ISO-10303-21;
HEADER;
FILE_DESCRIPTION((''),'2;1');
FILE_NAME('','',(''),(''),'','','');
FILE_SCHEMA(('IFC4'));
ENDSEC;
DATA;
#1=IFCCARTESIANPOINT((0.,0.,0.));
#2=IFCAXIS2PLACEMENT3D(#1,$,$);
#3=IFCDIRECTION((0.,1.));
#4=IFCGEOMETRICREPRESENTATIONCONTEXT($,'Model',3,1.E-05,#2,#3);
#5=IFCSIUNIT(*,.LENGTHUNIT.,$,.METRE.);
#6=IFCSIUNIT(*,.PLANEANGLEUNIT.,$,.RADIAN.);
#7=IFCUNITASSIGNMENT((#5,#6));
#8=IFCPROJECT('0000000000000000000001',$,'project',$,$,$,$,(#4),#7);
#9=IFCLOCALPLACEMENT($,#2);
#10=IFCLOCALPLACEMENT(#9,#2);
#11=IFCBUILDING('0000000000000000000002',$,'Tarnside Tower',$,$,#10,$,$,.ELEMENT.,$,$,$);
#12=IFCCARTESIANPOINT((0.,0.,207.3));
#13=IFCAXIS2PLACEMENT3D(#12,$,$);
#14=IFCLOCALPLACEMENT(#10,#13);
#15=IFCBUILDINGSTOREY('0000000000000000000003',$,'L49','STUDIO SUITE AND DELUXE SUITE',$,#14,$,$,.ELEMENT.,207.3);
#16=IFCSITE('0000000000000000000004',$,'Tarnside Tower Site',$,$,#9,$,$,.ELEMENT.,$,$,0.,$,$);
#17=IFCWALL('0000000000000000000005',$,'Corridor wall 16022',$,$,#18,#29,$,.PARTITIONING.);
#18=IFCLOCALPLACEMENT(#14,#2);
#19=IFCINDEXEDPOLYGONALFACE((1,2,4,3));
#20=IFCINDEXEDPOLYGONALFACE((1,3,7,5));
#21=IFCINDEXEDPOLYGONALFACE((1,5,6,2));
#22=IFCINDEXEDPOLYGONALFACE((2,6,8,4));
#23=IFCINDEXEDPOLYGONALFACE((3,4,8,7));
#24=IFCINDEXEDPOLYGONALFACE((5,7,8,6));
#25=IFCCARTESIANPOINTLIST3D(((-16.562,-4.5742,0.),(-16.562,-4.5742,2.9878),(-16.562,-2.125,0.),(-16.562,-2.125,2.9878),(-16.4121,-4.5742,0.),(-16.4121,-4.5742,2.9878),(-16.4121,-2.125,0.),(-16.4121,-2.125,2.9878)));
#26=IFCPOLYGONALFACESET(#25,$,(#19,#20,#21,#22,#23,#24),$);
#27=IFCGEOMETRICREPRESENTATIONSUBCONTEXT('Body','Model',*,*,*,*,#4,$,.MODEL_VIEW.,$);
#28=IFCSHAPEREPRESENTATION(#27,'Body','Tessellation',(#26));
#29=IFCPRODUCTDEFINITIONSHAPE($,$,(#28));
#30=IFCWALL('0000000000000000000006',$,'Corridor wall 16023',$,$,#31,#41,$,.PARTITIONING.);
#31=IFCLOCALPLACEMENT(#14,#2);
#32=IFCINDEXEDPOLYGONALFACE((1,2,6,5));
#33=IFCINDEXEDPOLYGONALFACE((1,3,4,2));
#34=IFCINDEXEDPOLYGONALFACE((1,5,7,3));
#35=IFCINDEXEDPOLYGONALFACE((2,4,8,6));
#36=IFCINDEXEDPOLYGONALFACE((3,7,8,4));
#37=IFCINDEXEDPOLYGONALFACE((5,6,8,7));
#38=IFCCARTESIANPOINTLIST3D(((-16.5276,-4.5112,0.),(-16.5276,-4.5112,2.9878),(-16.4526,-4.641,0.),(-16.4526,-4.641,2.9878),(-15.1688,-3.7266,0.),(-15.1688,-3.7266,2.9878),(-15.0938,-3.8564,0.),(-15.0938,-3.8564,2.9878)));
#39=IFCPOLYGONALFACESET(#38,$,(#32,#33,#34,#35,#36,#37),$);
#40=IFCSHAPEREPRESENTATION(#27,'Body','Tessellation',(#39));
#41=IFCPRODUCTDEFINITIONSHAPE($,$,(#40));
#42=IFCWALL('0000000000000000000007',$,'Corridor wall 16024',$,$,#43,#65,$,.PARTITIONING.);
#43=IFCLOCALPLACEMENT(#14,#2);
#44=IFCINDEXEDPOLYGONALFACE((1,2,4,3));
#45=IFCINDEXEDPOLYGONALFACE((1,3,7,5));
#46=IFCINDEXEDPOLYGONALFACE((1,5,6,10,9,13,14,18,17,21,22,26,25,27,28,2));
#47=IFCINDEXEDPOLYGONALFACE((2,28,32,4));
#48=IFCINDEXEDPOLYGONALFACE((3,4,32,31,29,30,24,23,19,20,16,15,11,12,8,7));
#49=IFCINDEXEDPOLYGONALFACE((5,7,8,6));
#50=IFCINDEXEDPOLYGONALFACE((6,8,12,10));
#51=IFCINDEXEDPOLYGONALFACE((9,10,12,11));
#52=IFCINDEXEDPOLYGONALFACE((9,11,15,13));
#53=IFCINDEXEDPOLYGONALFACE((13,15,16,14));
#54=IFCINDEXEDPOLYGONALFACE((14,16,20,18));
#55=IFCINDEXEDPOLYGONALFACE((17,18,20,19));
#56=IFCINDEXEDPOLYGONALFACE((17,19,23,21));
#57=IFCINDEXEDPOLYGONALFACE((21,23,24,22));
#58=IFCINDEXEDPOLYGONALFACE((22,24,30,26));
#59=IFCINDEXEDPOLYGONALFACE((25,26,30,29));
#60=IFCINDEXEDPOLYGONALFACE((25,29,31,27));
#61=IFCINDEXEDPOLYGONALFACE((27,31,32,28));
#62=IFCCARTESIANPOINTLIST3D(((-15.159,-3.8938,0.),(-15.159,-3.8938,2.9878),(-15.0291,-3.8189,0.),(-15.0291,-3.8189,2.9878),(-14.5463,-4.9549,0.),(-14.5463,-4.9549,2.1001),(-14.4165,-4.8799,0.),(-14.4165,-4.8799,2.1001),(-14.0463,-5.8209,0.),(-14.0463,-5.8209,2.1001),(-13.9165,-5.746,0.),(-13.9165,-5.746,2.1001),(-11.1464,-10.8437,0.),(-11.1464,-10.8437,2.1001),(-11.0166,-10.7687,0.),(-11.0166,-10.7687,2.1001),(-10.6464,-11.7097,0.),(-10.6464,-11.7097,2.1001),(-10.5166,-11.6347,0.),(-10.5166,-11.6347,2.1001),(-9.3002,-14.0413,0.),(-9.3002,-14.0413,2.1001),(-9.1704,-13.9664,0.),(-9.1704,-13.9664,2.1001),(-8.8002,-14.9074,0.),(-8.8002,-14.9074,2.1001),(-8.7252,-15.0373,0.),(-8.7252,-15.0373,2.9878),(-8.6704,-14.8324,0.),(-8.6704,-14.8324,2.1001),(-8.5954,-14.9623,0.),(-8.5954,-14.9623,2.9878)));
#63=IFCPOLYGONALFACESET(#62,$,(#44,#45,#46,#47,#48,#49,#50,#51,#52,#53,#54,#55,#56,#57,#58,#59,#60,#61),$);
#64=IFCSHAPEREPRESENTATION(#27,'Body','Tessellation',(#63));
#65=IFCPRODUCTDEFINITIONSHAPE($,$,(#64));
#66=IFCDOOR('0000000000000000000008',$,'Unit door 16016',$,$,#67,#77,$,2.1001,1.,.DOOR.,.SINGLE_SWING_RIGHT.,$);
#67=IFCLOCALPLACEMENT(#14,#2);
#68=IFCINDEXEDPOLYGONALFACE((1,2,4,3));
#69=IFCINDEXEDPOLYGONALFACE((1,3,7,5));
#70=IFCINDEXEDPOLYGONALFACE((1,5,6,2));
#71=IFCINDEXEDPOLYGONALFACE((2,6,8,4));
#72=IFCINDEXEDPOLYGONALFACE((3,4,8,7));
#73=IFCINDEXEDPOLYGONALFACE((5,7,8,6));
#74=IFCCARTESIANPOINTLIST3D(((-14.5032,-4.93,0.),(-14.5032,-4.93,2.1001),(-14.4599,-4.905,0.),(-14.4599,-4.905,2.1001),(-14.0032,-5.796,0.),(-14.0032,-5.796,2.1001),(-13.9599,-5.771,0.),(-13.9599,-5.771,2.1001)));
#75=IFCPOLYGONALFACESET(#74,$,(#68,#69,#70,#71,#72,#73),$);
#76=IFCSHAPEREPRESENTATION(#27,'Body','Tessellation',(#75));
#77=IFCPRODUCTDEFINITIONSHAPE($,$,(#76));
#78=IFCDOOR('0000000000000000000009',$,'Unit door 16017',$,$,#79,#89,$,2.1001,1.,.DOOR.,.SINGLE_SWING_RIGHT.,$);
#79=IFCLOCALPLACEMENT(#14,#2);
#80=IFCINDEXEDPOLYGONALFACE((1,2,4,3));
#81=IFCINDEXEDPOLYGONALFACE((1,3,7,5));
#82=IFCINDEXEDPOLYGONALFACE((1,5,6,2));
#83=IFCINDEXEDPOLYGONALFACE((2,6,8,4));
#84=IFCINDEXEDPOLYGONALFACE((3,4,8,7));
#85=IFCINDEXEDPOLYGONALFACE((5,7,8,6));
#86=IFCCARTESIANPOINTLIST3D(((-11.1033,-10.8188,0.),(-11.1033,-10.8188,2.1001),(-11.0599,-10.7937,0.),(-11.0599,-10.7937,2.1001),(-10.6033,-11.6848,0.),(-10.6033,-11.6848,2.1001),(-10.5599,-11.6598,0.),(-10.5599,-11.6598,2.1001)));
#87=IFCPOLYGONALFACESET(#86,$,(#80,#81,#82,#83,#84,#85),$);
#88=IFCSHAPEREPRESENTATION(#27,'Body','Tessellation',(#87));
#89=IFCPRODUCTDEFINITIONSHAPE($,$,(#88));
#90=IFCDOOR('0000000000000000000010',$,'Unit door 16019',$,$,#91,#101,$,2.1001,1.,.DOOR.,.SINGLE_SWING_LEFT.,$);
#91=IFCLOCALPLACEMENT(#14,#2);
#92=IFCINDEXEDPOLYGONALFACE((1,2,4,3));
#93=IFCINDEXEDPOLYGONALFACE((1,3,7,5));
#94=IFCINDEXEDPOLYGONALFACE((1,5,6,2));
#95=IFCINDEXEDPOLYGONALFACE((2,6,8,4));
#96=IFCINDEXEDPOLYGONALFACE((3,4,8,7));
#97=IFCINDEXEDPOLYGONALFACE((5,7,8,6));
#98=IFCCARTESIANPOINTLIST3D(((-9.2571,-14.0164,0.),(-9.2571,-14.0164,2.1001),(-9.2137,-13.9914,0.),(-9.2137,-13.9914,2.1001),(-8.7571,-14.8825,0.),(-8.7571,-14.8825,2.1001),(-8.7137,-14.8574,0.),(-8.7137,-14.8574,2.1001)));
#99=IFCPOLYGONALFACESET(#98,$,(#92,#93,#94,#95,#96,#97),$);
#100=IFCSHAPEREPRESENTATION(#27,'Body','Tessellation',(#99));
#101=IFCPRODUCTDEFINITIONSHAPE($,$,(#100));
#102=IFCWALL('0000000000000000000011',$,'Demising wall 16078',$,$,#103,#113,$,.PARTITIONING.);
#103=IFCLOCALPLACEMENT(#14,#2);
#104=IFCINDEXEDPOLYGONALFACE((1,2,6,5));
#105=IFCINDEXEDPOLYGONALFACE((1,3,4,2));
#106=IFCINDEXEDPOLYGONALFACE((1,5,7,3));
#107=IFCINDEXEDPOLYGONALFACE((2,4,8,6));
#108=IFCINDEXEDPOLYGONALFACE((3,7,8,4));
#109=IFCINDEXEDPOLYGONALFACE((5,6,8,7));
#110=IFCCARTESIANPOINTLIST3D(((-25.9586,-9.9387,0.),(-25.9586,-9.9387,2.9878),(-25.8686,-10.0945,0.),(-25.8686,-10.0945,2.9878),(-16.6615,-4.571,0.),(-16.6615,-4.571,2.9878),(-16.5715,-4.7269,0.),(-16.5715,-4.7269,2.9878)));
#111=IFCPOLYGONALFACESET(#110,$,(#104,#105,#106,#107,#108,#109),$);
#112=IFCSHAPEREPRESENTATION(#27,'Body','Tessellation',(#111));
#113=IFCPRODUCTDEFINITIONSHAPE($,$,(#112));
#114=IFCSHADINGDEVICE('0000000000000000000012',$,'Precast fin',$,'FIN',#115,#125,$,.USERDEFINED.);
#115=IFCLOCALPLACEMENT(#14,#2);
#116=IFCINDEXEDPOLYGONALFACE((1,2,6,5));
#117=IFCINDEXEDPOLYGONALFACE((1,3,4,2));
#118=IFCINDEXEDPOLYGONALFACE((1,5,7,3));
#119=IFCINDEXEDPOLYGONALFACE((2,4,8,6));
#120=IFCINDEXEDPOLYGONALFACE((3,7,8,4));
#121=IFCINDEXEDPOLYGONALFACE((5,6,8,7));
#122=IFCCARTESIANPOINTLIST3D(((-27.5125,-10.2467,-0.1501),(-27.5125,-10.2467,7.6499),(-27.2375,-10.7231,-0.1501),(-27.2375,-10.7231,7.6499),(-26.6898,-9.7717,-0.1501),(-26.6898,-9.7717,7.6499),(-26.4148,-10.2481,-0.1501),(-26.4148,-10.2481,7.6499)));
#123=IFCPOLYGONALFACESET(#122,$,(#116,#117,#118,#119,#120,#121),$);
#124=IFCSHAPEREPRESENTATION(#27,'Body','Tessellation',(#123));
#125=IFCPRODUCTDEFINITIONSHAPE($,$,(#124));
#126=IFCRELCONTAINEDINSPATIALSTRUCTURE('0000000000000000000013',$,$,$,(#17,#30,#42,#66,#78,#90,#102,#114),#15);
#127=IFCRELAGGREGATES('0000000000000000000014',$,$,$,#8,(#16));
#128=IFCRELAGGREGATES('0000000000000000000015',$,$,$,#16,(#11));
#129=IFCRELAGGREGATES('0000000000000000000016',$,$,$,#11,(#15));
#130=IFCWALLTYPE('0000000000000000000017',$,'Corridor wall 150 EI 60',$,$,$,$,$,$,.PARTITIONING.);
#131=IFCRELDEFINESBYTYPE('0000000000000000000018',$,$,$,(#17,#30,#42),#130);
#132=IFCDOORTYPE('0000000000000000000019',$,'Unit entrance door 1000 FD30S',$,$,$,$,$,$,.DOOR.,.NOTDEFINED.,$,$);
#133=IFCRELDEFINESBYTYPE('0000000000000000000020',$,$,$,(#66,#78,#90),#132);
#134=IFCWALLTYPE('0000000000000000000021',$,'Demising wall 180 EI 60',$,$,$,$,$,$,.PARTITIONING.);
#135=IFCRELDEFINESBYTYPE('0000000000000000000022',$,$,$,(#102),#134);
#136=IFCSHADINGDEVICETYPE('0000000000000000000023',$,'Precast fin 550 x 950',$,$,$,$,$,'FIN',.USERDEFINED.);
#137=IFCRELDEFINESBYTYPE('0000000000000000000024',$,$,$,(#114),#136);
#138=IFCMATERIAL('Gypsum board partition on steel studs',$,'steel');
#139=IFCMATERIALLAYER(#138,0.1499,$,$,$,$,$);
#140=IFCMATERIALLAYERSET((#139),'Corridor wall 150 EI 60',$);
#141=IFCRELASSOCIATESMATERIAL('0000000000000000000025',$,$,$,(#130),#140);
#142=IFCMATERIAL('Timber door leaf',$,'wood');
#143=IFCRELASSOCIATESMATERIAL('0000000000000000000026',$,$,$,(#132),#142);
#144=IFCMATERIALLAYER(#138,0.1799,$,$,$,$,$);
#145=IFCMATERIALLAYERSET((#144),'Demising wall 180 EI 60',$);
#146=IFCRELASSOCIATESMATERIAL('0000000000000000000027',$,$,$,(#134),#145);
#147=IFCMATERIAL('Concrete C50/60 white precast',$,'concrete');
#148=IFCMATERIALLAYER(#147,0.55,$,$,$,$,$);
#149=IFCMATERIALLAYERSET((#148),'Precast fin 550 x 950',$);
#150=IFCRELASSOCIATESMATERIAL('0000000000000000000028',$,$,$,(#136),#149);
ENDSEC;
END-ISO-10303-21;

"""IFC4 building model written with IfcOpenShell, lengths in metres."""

from ifc_helpers import new_model, si_unit, direction, frame, frame_2d, origin, place, context, subcontext, project, spatial, polyline, rectangle, outline, extrude, material, layer, layer_set, type_object, element, fill, save


model = new_model("IFC4")

# Units and contexts
model_context = context("Model", 3, precision=1e-05, world=origin(), true_north=direction((0.0, 1.0)))
body_context = subcontext(model_context, "Body", "Model", "MODEL_VIEW")
ifc_project = project(units=[si_unit("LENGTHUNIT", "METRE"), si_unit("PLANEANGLEUNIT", "RADIAN")], contexts=[model_context])

# Site, building, storey
site_placement = place(None, origin())
site = spatial("IfcSite", under=ifc_project, at=site_placement, Name="Tarnside Tower Site", CompositionType="ELEMENT", RefElevation=0.0)
building_placement = place(site_placement, origin())
building = spatial("IfcBuilding", under=site, at=building_placement, Name="Tarnside Tower", CompositionType="ELEMENT")
storey_placement = place(building_placement, frame((0.0, 0.0, 207.3)))
storey = spatial("IfcBuildingStorey", under=building, at=storey_placement, Name="L49", Description="STUDIO SUITE AND DELUXE SUITE", CompositionType="ELEMENT", Elevation=207.3)

# Shared definitions
ifc_material_1 = material(Name="Gypsum board partition on steel studs", Category="steel")

# Shared definitions
ifc_material_2 = material(Name="Timber door leaf", Category="wood")

# Shared definitions
ifc_layer_1 = layer(ifc_material_1, 0.1499)
ifc_layer_set_1 = layer_set([ifc_layer_1], Name="Corridor wall 150 EI 60")
wall_type_1 = type_object("IfcWallType", Name="Corridor wall 150 EI 60", PredefinedType="PARTITIONING", material=ifc_layer_set_1)

# Shared definitions
door_type_1 = type_object("IfcDoorType", Name="Unit entrance door 1000 FD30S", OperationType="NOTDEFINED", PredefinedType="DOOR", material=ifc_material_2)

# Walls
wall_1_placement = place(storey_placement, frame((-16.4871, -2.125, 0.0), z_axis=(0.0, 0.0, 1.0), x_axis=(0.0, -1.0, 0.0)))
element("IfcWall", 1, at=wall_1_placement, inside=storey, type_object=wall_type_1, Name="Corridor wall 16022", PredefinedType="PARTITIONING", context=body_context, shape_type="SweptSolid", body=[
    extrude(rectangle(XDim=2.4492, YDim=0.1499, at=frame_2d((1.2246, 0.0))), origin(), (0.0, 0.0, 1.0), 2.9878),
])
wall_2_placement = place(storey_placement, frame((-16.4902, -4.5762, 0.0), z_axis=(0.0, 0.0, 1.0), x_axis=(0.865994, 0.500055, 0.0)))
element("IfcWall", 2, at=wall_2_placement, inside=storey, type_object=wall_type_1, Name="Corridor wall 16023", PredefinedType="PARTITIONING", context=body_context, shape_type="SweptSolid", body=[
    extrude(rectangle(XDim=1.5691, YDim=0.1499, at=frame_2d((0.7847, 0.0))), origin(), (0.0, 0.0, 1.0), 2.9878),
])

# Wall, openings, doors
wall_3_placement = place(storey_placement, frame((-15.094, -3.8564, 0.0), z_axis=(0.0, 0.0, 1.0), x_axis=(0.500006, -0.866022, 0.0)))
wall_3 = element("IfcWall", 3, at=wall_3_placement, inside=storey, type_object=wall_type_1, Name="Corridor wall 16024", PredefinedType="PARTITIONING", context=body_context, shape_type="SweptSolid", body=[
    extrude(rectangle(XDim=12.8674, YDim=0.1499, at=frame_2d((6.4336, 0.0))), origin(), (0.0, 0.0, 1.0), 2.9878),
])
opening_1_placement = place(wall_3_placement, frame((1.2251, 0.0, 0.0)))
opening_1 = element("IfcOpeningElement", 4, at=opening_1_placement, cuts=wall_3, PredefinedType="OPENING", context=body_context, shape_type="SweptSolid", body=[
    extrude(rectangle(XDim=1.0, YDim=2.1001, at=frame_2d((0.5, 1.05))), frame((0.0, 0.085, 0.0), z_axis=(0.0, -1.0, 0.0), x_axis=(1.0, 0.0, 0.0)), (0.0, 0.0, 1.0), 0.1699),
])
opening_2_placement = place(wall_3_placement, frame((8.0249, 0.0, 0.0)))
opening_2 = element("IfcOpeningElement", 5, at=opening_2_placement, cuts=wall_3, PredefinedType="OPENING", context=body_context, shape_type="SweptSolid", body=[
    extrude(rectangle(XDim=1.0, YDim=2.1001, at=frame_2d((0.5, 1.05))), frame((0.0, 0.085, 0.0), z_axis=(0.0, -1.0, 0.0), x_axis=(1.0, 0.0, 0.0)), (0.0, 0.0, 1.0), 0.1699),
])
opening_3_placement = place(wall_3_placement, frame((11.7173, 0.0, 0.0)))
opening_3 = element("IfcOpeningElement", 6, at=opening_3_placement, cuts=wall_3, PredefinedType="OPENING", context=body_context, shape_type="SweptSolid", body=[
    extrude(rectangle(XDim=1.0, YDim=2.1001, at=frame_2d((0.5, 1.05))), frame((0.0, 0.085, 0.0), z_axis=(0.0, -1.0, 0.0), x_axis=(1.0, 0.0, 0.0)), (0.0, 0.0, 1.0), 0.1699),
])
door_1_placement = place(opening_1_placement, origin())
door_1 = element("IfcDoor", 7, at=door_1_placement, inside=storey, type_object=door_type_1, Name="Unit door 16016", OperationType="SINGLE_SWING_RIGHT", OverallHeight=2.1001, OverallWidth=1.0, PredefinedType="DOOR", context=body_context, shape_type="SweptSolid", body=[
    extrude(rectangle(XDim=1.0, YDim=2.1001, at=frame_2d((0.5, 1.05))), frame((0.0, 0.0249, 0.0), z_axis=(0.0, -1.0, 0.0), x_axis=(1.0, 0.0, 0.0)), (0.0, 0.0, 1.0), 0.05),
])
fill(opening_1, door_1)
door_2_placement = place(opening_2_placement, origin())
door_2 = element("IfcDoor", 8, at=door_2_placement, inside=storey, type_object=door_type_1, Name="Unit door 16017", OperationType="SINGLE_SWING_RIGHT", OverallHeight=2.1001, OverallWidth=1.0, PredefinedType="DOOR", context=body_context, shape_type="SweptSolid", body=[
    extrude(rectangle(XDim=1.0, YDim=2.1001, at=frame_2d((0.5, 1.05))), frame((0.0, 0.0249, 0.0), z_axis=(0.0, -1.0, 0.0), x_axis=(1.0, 0.0, 0.0)), (0.0, 0.0, 1.0), 0.05),
])
fill(opening_2, door_2)
door_3_placement = place(opening_3_placement, origin())
door_3 = element("IfcDoor", 9, at=door_3_placement, inside=storey, type_object=door_type_1, Name="Unit door 16019", OperationType="SINGLE_SWING_LEFT", OverallHeight=2.1001, OverallWidth=1.0, PredefinedType="DOOR", context=body_context, shape_type="SweptSolid", body=[
    extrude(rectangle(XDim=1.0, YDim=2.1001, at=frame_2d((0.5, 1.05))), frame((0.0, 0.0249, 0.0), z_axis=(0.0, -1.0, 0.0), x_axis=(1.0, 0.0, 0.0)), (0.0, 0.0, 1.0), 0.05),
])
fill(opening_3, door_3)

# Wall
ifc_layer_2 = layer(ifc_material_1, 0.1799)
ifc_layer_set_2 = layer_set([ifc_layer_2], Name="Demising wall 180 EI 60")
wall_type_2 = type_object("IfcWallType", Name="Demising wall 180 EI 60", PredefinedType="PARTITIONING", material=ifc_layer_set_2)
wall_4_placement = place(storey_placement, frame((-25.9136, -10.0166, 0.0), z_axis=(0.0, 0.0, 1.0), x_axis=(0.866026, 0.499999, 0.0)))
element("IfcWall", 10, at=wall_4_placement, inside=storey, type_object=wall_type_2, Name="Demising wall 16078", PredefinedType="PARTITIONING", context=body_context, shape_type="SweptSolid", body=[
    extrude(rectangle(XDim=10.7354, YDim=0.1799, at=frame_2d((5.3677, 0.0))), origin(), (0.0, 0.0, 1.0), 2.9878),
])

# Shading device
ifc_material_3 = material(Name="Concrete C50/60 white precast", Category="concrete")
ifc_layer_3 = layer(ifc_material_3, 0.55)
ifc_layer_set_3 = layer_set([ifc_layer_3], Name="Precast fin 550 x 950")
shading_device_type = type_object("IfcShadingDeviceType", Name="Precast fin 550 x 950", ElementType="FIN", PredefinedType="USERDEFINED", material=ifc_layer_set_3)
shading_device_placement = place(storey_placement, frame((-26.5522, -10.01, -0.1501), z_axis=(-0.5, 0.866025, 0.0), x_axis=(-0.866025, -0.5, 0.0)))
element("IfcShadingDevice", 11, at=shading_device_placement, inside=storey, type_object=shading_device_type, Name="Precast fin", ObjectType="FIN", PredefinedType="USERDEFINED", context=body_context, shape_type="SweptSolid", body=[
    extrude(outline(polyline([(0.0, 0.0), (0.95, 0.0), (0.95, 7.8), (0.0, 7.8), (0.0, 0.0)])), frame((0.0, 0.0, -0.2749)), (0.0, 0.0, 1.0), 0.55),
])

save(model, "model.ifc")
